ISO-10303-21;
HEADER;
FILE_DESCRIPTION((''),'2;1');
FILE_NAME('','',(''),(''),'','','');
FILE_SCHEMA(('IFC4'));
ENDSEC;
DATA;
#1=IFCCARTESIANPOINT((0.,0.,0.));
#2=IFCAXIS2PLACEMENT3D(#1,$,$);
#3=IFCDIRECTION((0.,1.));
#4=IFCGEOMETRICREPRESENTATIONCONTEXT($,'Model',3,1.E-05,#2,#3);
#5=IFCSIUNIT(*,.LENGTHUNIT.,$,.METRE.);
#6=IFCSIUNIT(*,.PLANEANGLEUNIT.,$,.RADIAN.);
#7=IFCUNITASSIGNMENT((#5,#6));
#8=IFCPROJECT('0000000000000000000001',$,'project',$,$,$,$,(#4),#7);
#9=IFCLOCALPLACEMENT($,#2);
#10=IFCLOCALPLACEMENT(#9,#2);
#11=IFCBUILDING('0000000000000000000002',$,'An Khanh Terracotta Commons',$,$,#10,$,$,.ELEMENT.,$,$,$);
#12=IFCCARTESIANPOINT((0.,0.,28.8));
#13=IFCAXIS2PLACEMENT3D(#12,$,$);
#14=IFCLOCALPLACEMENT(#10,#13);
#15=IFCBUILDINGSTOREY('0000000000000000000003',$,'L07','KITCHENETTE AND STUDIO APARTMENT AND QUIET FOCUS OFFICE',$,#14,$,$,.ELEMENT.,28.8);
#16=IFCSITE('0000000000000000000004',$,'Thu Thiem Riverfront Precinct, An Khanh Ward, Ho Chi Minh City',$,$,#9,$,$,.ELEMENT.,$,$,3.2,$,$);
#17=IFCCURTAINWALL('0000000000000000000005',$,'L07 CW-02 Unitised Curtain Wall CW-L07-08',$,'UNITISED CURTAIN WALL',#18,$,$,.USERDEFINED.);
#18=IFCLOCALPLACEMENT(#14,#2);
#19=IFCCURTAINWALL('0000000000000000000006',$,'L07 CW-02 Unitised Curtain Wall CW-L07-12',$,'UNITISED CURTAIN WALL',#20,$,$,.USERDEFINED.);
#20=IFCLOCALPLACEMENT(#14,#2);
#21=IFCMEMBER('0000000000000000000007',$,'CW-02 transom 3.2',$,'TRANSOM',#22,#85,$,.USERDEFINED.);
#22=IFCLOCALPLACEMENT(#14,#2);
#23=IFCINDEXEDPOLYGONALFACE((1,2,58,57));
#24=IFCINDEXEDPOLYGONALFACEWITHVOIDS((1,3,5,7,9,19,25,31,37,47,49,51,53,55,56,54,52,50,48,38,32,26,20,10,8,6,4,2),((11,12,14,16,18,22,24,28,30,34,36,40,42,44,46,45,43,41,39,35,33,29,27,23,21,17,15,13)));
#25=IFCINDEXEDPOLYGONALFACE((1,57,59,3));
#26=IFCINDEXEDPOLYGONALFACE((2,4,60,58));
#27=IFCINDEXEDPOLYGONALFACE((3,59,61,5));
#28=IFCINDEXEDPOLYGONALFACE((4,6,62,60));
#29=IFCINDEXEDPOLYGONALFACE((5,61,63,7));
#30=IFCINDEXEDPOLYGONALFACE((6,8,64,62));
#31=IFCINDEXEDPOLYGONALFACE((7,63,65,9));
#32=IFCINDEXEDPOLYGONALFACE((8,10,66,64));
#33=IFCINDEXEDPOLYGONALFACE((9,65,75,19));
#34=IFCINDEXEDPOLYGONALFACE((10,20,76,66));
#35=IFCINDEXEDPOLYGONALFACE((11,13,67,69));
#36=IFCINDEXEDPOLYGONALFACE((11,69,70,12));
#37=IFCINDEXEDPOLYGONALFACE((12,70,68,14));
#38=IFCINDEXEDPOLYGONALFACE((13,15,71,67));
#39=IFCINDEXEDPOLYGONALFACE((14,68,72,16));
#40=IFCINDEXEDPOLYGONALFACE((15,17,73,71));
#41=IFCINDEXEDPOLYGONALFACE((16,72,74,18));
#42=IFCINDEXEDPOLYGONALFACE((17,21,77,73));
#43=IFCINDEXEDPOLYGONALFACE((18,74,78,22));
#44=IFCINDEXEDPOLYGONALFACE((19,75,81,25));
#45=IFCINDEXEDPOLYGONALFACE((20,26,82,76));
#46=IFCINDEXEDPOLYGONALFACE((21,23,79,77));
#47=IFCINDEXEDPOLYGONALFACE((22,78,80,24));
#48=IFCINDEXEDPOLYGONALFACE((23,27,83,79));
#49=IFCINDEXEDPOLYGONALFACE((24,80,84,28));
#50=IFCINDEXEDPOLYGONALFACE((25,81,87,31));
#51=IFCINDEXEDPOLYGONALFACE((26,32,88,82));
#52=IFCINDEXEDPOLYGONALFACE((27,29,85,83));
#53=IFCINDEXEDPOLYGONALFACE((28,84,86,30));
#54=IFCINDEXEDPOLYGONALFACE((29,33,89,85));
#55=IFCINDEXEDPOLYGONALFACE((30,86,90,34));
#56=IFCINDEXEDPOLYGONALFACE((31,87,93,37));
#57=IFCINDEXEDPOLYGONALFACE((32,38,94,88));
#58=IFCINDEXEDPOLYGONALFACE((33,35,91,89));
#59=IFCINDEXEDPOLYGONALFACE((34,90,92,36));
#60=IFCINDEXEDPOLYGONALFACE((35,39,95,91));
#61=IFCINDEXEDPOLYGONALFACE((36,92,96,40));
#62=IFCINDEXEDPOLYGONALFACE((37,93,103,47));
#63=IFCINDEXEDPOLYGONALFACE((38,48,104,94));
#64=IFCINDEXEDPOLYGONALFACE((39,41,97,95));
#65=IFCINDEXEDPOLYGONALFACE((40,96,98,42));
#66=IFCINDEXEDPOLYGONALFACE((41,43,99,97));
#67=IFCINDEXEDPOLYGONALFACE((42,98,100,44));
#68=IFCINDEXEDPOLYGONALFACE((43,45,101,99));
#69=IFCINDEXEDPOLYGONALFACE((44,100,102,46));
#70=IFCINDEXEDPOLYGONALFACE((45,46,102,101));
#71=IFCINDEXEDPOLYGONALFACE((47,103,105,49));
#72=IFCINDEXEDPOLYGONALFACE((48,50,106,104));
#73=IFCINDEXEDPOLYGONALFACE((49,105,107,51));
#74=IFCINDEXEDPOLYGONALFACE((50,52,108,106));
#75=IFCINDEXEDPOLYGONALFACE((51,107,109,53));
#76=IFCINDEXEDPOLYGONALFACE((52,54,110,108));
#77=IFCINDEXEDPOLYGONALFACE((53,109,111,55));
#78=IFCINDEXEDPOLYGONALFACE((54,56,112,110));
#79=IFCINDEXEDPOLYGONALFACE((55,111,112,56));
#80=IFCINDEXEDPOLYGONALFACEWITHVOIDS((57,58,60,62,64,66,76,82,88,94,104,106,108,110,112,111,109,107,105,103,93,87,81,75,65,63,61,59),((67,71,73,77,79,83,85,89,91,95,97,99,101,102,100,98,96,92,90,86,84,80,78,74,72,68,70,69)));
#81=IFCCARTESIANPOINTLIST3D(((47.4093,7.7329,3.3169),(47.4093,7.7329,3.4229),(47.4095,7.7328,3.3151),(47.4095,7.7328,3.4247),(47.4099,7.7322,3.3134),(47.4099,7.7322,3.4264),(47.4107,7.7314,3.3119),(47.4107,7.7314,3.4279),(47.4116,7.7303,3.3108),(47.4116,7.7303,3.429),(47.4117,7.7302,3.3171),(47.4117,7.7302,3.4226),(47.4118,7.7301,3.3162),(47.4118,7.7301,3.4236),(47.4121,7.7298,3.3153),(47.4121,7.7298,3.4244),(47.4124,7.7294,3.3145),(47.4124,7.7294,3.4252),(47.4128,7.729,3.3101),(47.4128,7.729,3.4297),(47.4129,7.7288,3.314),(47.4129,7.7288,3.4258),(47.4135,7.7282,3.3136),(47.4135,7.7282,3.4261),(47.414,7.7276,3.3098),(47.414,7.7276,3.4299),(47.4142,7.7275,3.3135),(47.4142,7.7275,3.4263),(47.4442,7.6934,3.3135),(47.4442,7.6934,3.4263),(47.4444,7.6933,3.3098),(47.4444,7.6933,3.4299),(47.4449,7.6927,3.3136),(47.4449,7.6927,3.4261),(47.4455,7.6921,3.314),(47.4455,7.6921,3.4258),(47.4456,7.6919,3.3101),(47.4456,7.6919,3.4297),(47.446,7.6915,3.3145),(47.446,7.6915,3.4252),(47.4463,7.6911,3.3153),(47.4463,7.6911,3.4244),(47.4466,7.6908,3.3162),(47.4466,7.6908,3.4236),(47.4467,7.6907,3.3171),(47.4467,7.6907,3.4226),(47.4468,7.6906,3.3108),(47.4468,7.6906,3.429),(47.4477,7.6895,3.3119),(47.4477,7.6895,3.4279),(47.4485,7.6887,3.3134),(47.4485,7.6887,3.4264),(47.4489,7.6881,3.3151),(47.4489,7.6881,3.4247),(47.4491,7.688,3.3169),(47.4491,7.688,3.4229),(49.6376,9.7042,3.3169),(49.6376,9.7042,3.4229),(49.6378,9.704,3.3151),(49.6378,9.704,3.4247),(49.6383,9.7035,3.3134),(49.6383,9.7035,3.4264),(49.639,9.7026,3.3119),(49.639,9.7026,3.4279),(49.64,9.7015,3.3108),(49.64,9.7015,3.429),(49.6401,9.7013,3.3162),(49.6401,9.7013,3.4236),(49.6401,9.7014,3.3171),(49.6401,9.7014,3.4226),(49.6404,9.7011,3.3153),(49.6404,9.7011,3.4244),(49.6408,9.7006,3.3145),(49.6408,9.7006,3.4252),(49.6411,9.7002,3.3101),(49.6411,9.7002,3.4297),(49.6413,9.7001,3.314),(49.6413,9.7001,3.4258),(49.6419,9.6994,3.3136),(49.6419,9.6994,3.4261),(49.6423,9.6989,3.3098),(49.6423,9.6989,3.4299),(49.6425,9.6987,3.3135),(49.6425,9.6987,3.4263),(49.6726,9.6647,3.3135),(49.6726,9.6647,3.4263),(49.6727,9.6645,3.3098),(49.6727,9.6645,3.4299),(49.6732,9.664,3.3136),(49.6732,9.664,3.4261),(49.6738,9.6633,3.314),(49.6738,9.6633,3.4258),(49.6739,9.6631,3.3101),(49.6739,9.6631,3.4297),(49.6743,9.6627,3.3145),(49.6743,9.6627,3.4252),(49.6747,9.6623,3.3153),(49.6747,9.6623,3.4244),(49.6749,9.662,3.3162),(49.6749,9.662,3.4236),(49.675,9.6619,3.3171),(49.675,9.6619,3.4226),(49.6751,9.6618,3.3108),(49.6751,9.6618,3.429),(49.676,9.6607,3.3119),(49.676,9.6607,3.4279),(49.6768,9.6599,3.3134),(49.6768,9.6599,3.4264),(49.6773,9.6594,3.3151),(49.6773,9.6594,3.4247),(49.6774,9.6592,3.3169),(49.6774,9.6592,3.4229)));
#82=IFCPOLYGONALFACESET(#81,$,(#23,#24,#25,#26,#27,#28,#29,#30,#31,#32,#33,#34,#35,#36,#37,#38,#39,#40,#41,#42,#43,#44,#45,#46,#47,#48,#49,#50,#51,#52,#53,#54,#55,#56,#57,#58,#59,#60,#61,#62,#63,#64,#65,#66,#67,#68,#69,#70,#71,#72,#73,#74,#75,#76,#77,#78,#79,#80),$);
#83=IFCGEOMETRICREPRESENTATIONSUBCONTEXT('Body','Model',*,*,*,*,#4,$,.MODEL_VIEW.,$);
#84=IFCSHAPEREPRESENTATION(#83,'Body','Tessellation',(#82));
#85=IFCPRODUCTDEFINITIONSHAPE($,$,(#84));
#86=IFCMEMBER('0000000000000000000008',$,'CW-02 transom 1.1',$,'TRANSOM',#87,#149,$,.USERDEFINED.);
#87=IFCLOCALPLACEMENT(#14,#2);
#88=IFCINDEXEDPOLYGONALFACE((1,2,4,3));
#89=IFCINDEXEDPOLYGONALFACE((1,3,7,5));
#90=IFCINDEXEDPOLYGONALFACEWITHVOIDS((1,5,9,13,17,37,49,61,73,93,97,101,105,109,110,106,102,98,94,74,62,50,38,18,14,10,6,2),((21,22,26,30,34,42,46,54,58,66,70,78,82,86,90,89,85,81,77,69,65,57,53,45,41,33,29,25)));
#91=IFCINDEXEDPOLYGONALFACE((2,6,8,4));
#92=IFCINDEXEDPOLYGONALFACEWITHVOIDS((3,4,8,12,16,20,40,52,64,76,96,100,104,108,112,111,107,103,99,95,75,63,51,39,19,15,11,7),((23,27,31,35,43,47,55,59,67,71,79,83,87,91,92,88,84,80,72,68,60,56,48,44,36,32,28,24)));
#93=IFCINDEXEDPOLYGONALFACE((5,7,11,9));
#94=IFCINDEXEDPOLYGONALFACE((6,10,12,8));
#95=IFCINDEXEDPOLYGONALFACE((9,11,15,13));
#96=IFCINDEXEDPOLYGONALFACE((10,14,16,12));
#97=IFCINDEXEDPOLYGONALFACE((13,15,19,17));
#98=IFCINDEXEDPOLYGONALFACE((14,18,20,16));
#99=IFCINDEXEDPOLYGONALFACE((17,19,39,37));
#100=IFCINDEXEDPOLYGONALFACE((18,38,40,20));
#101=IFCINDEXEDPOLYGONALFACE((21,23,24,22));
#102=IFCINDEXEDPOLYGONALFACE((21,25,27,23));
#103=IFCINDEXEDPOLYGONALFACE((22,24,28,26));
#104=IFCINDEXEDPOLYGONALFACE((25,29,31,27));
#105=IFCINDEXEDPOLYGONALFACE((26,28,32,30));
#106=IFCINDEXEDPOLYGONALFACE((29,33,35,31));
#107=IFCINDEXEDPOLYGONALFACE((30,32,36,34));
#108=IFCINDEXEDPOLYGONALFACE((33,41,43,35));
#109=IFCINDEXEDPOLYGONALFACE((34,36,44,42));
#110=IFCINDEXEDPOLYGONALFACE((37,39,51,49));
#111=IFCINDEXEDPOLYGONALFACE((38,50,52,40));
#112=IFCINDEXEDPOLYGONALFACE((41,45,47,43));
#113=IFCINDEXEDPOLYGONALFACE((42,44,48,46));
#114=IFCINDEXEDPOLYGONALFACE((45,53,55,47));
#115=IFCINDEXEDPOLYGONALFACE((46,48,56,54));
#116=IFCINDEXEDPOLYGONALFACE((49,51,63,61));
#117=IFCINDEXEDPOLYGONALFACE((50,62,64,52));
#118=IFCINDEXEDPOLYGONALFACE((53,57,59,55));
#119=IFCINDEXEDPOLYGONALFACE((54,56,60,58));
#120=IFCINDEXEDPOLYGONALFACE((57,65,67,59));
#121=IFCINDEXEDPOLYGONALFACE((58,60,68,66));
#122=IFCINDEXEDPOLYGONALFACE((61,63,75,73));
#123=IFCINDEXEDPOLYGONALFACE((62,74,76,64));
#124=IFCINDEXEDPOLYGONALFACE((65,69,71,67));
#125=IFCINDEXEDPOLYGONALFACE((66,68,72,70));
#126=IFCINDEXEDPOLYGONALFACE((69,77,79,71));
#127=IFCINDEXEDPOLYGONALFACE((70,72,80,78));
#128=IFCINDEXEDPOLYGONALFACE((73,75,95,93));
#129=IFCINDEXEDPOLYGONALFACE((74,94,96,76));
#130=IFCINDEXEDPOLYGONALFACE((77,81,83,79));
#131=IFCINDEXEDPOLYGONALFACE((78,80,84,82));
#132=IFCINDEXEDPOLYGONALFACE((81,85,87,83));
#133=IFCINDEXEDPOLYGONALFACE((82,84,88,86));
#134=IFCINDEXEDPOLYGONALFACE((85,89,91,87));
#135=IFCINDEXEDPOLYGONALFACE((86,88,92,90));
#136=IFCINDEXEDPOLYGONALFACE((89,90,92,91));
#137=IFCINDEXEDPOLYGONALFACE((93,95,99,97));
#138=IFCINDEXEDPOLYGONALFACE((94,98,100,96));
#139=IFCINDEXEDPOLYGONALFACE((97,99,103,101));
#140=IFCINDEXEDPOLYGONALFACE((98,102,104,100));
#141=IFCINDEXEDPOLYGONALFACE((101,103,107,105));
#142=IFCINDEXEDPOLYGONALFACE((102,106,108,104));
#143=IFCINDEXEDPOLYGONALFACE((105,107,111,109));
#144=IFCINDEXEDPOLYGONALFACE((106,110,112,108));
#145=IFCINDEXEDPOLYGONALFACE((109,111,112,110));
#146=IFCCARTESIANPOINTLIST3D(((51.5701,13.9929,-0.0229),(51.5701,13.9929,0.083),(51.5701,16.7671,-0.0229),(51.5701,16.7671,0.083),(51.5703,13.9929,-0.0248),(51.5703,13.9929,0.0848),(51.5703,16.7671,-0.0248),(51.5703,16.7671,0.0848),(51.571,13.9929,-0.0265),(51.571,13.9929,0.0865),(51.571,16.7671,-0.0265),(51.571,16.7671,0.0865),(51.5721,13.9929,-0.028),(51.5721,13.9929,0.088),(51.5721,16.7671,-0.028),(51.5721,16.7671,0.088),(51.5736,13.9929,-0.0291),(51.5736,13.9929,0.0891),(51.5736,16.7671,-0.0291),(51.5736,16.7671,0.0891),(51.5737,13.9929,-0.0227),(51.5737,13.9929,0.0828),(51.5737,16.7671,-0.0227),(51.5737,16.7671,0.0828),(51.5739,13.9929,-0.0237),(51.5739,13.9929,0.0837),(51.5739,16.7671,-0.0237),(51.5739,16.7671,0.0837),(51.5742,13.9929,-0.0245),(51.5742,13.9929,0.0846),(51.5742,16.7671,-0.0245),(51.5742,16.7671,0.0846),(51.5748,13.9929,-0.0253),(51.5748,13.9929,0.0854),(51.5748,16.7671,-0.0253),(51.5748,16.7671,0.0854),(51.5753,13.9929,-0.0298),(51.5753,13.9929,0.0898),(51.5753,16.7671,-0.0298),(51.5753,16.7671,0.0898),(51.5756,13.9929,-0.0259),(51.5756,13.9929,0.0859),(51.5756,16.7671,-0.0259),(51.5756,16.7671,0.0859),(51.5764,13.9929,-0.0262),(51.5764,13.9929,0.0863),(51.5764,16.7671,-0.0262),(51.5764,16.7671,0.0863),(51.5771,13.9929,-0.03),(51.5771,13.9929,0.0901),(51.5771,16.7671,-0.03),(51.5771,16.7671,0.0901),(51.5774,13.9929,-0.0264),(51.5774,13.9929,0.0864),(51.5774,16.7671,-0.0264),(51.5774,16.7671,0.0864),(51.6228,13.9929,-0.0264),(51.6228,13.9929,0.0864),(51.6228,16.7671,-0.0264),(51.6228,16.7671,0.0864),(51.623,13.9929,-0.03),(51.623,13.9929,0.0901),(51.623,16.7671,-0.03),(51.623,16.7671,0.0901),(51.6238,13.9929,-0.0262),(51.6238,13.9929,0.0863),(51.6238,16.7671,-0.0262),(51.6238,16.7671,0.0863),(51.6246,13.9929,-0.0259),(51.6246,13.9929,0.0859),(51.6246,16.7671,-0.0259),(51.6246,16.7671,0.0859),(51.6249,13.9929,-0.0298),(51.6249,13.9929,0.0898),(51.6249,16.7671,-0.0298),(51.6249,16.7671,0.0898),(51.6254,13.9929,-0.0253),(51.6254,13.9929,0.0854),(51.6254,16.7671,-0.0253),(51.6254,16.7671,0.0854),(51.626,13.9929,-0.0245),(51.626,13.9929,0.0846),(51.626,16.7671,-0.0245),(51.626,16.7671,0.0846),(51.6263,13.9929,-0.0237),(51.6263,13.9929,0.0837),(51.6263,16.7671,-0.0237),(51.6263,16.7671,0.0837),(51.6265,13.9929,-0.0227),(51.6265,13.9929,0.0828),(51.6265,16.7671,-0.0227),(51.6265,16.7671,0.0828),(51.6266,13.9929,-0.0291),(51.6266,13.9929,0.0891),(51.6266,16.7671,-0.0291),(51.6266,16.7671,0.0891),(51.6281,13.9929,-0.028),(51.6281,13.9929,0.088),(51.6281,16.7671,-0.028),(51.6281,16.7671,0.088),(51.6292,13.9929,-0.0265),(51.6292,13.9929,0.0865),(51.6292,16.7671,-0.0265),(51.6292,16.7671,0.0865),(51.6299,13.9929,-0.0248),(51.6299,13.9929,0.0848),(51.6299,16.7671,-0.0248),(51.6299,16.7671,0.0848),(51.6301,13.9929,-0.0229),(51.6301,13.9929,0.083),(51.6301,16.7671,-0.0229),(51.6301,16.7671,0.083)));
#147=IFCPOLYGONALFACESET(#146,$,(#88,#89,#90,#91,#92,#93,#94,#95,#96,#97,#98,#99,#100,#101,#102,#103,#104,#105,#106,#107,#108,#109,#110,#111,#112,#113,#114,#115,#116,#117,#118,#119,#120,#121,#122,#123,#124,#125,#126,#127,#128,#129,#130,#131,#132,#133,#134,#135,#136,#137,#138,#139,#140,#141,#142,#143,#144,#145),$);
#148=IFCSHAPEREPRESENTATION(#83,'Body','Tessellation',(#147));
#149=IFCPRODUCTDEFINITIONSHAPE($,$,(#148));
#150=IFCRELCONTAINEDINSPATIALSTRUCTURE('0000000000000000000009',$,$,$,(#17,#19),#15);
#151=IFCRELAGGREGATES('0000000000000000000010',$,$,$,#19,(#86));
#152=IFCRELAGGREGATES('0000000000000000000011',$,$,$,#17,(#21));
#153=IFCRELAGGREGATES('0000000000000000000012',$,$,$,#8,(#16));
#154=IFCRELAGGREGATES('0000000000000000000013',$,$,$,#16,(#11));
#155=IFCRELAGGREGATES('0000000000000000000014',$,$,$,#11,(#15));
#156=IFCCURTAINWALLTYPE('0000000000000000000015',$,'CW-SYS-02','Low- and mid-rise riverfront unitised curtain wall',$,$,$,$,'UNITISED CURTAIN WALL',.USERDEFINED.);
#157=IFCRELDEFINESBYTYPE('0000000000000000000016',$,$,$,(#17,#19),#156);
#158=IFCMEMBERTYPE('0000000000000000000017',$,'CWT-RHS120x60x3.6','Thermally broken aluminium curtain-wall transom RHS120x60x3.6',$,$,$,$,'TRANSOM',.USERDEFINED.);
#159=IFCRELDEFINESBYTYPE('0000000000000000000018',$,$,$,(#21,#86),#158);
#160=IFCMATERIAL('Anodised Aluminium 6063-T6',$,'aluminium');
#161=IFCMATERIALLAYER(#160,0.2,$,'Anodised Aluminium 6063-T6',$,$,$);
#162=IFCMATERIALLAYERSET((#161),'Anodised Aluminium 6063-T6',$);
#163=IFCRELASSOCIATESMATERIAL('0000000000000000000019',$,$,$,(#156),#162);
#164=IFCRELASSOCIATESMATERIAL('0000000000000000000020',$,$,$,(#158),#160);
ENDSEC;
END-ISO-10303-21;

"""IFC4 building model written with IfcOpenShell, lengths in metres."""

from ifc_helpers import new_model, si_unit, direction, frame, origin, origin_2d, place, context, subcontext, project, spatial, hollow_rectangle, extrude, material, layer, layer_set, material_profile, profile_set, type_object, element, aggregate, save


model = new_model("IFC4")

# Units and contexts
model_context = context("Model", 3, precision=1e-05, world=origin(), true_north=direction((0.0, 1.0)))
body_context = subcontext(model_context, "Body", "Model", "MODEL_VIEW")
ifc_project = project(units=[si_unit("LENGTHUNIT", "METRE"), si_unit("PLANEANGLEUNIT", "RADIAN")], contexts=[model_context])

# Site, building, storey
site_placement = place(None, origin())
site = spatial("IfcSite", under=ifc_project, at=site_placement, Name="Thu Thiem Riverfront Precinct, An Khanh Ward, Ho Chi Minh City", CompositionType="ELEMENT", RefElevation=3.2)
building_placement = place(site_placement, origin())
building = spatial("IfcBuilding", under=site, at=building_placement, Name="An Khanh Terracotta Commons", CompositionType="ELEMENT")
storey_placement = place(building_placement, frame((0.0, 0.0, 28.8)))
storey = spatial("IfcBuildingStorey", under=building, at=storey_placement, Name="L07", Description="KITCHENETTE AND STUDIO APARTMENT AND QUIET FOCUS OFFICE", CompositionType="ELEMENT", Elevation=28.8)

# Curtain wall
ifc_material_1 = material(Name="Anodised Aluminium 6063-T6", Category="aluminium")
ifc_layer_1 = layer(ifc_material_1, 0.2, Name="Anodised Aluminium 6063-T6")
ifc_layer_set_1 = layer_set([ifc_layer_1], Name="Anodised Aluminium 6063-T6")
curtain_wall_type = type_object("IfcCurtainWallType", Name="CW-SYS-02", Description="Low- and mid-rise riverfront unitised curtain wall", ElementType="UNITISED CURTAIN WALL", PredefinedType="USERDEFINED", material=ifc_layer_set_1)
curtain_wall_1_placement = place(storey_placement, origin())
curtain_wall_1 = element("IfcCurtainWall", 1, at=curtain_wall_1_placement, inside=storey, type_object=curtain_wall_type, Name="L07 CW-02 Unitised Curtain Wall CW-L07-08", ObjectType="UNITISED CURTAIN WALL", PredefinedType="USERDEFINED")

# Curtain wall
curtain_wall_2_placement = place(storey_placement, origin())
curtain_wall_2 = element("IfcCurtainWall", 2, at=curtain_wall_2_placement, inside=storey, type_object=curtain_wall_type, Name="L07 CW-02 Unitised Curtain Wall CW-L07-12", ObjectType="UNITISED CURTAIN WALL", PredefinedType="USERDEFINED")

# Members
ifc_material_profile_1 = material_profile(ifc_material_1, hollow_rectangle(XDim=0.0601, YDim=0.1201, WallThickness=0.0037, InnerFilletRadius=0.0037, OuterFilletRadius=0.0071, at=origin_2d()), Name="RHS120x60x3.6")
ifc_profile_set_1 = profile_set([ifc_material_profile_1], Name="Anodised Aluminium 6063-T6")
member_type_1 = type_object("IfcMemberType", Name="CWT-RHS120x60x3.6", Description="Thermally broken aluminium curtain-wall transom RHS120x60x3.6", ElementType="TRANSOM", PredefinedType="USERDEFINED", material=ifc_profile_set_1)
member_1_placement = place(storey_placement, frame((47.4292, 7.7104, 3.3699), z_axis=(0.748992, 0.662579, 0.0), x_axis=(-0.662579, 0.748992, 0.0)))
member_1 = element("IfcMember", 3, at=member_1_placement, type_object=member_type_1, Name="CW-02 transom 3.2", ObjectType="TRANSOM", PredefinedType="USERDEFINED", context=body_context, shape_type="SweptSolid", body=[
    extrude(hollow_rectangle(XDim=0.0601, YDim=0.1201, WallThickness=0.0037, InnerFilletRadius=0.0037, OuterFilletRadius=0.0071, at=origin_2d()), origin(), (0.0, 0.0, 1.0), 2.9751),
])
member_2_placement = place(storey_placement, frame((51.6001, 13.9929, 0.03), z_axis=(0.0, 1.0, 0.0), x_axis=(-1.0, 0.0, 0.0)))
member_2 = element("IfcMember", 4, at=member_2_placement, type_object=member_type_1, Name="CW-02 transom 1.1", ObjectType="TRANSOM", PredefinedType="USERDEFINED", context=body_context, shape_type="SweptSolid", body=[
    extrude(hollow_rectangle(XDim=0.0601, YDim=0.1201, WallThickness=0.0037, InnerFilletRadius=0.0037, OuterFilletRadius=0.0071, at=origin_2d()), origin(), (0.0, 0.0, 1.0), 2.7742),
])
aggregate(curtain_wall_2, [member_2])

aggregate(curtain_wall_1, [member_1])

save(model, "model.ifc")
